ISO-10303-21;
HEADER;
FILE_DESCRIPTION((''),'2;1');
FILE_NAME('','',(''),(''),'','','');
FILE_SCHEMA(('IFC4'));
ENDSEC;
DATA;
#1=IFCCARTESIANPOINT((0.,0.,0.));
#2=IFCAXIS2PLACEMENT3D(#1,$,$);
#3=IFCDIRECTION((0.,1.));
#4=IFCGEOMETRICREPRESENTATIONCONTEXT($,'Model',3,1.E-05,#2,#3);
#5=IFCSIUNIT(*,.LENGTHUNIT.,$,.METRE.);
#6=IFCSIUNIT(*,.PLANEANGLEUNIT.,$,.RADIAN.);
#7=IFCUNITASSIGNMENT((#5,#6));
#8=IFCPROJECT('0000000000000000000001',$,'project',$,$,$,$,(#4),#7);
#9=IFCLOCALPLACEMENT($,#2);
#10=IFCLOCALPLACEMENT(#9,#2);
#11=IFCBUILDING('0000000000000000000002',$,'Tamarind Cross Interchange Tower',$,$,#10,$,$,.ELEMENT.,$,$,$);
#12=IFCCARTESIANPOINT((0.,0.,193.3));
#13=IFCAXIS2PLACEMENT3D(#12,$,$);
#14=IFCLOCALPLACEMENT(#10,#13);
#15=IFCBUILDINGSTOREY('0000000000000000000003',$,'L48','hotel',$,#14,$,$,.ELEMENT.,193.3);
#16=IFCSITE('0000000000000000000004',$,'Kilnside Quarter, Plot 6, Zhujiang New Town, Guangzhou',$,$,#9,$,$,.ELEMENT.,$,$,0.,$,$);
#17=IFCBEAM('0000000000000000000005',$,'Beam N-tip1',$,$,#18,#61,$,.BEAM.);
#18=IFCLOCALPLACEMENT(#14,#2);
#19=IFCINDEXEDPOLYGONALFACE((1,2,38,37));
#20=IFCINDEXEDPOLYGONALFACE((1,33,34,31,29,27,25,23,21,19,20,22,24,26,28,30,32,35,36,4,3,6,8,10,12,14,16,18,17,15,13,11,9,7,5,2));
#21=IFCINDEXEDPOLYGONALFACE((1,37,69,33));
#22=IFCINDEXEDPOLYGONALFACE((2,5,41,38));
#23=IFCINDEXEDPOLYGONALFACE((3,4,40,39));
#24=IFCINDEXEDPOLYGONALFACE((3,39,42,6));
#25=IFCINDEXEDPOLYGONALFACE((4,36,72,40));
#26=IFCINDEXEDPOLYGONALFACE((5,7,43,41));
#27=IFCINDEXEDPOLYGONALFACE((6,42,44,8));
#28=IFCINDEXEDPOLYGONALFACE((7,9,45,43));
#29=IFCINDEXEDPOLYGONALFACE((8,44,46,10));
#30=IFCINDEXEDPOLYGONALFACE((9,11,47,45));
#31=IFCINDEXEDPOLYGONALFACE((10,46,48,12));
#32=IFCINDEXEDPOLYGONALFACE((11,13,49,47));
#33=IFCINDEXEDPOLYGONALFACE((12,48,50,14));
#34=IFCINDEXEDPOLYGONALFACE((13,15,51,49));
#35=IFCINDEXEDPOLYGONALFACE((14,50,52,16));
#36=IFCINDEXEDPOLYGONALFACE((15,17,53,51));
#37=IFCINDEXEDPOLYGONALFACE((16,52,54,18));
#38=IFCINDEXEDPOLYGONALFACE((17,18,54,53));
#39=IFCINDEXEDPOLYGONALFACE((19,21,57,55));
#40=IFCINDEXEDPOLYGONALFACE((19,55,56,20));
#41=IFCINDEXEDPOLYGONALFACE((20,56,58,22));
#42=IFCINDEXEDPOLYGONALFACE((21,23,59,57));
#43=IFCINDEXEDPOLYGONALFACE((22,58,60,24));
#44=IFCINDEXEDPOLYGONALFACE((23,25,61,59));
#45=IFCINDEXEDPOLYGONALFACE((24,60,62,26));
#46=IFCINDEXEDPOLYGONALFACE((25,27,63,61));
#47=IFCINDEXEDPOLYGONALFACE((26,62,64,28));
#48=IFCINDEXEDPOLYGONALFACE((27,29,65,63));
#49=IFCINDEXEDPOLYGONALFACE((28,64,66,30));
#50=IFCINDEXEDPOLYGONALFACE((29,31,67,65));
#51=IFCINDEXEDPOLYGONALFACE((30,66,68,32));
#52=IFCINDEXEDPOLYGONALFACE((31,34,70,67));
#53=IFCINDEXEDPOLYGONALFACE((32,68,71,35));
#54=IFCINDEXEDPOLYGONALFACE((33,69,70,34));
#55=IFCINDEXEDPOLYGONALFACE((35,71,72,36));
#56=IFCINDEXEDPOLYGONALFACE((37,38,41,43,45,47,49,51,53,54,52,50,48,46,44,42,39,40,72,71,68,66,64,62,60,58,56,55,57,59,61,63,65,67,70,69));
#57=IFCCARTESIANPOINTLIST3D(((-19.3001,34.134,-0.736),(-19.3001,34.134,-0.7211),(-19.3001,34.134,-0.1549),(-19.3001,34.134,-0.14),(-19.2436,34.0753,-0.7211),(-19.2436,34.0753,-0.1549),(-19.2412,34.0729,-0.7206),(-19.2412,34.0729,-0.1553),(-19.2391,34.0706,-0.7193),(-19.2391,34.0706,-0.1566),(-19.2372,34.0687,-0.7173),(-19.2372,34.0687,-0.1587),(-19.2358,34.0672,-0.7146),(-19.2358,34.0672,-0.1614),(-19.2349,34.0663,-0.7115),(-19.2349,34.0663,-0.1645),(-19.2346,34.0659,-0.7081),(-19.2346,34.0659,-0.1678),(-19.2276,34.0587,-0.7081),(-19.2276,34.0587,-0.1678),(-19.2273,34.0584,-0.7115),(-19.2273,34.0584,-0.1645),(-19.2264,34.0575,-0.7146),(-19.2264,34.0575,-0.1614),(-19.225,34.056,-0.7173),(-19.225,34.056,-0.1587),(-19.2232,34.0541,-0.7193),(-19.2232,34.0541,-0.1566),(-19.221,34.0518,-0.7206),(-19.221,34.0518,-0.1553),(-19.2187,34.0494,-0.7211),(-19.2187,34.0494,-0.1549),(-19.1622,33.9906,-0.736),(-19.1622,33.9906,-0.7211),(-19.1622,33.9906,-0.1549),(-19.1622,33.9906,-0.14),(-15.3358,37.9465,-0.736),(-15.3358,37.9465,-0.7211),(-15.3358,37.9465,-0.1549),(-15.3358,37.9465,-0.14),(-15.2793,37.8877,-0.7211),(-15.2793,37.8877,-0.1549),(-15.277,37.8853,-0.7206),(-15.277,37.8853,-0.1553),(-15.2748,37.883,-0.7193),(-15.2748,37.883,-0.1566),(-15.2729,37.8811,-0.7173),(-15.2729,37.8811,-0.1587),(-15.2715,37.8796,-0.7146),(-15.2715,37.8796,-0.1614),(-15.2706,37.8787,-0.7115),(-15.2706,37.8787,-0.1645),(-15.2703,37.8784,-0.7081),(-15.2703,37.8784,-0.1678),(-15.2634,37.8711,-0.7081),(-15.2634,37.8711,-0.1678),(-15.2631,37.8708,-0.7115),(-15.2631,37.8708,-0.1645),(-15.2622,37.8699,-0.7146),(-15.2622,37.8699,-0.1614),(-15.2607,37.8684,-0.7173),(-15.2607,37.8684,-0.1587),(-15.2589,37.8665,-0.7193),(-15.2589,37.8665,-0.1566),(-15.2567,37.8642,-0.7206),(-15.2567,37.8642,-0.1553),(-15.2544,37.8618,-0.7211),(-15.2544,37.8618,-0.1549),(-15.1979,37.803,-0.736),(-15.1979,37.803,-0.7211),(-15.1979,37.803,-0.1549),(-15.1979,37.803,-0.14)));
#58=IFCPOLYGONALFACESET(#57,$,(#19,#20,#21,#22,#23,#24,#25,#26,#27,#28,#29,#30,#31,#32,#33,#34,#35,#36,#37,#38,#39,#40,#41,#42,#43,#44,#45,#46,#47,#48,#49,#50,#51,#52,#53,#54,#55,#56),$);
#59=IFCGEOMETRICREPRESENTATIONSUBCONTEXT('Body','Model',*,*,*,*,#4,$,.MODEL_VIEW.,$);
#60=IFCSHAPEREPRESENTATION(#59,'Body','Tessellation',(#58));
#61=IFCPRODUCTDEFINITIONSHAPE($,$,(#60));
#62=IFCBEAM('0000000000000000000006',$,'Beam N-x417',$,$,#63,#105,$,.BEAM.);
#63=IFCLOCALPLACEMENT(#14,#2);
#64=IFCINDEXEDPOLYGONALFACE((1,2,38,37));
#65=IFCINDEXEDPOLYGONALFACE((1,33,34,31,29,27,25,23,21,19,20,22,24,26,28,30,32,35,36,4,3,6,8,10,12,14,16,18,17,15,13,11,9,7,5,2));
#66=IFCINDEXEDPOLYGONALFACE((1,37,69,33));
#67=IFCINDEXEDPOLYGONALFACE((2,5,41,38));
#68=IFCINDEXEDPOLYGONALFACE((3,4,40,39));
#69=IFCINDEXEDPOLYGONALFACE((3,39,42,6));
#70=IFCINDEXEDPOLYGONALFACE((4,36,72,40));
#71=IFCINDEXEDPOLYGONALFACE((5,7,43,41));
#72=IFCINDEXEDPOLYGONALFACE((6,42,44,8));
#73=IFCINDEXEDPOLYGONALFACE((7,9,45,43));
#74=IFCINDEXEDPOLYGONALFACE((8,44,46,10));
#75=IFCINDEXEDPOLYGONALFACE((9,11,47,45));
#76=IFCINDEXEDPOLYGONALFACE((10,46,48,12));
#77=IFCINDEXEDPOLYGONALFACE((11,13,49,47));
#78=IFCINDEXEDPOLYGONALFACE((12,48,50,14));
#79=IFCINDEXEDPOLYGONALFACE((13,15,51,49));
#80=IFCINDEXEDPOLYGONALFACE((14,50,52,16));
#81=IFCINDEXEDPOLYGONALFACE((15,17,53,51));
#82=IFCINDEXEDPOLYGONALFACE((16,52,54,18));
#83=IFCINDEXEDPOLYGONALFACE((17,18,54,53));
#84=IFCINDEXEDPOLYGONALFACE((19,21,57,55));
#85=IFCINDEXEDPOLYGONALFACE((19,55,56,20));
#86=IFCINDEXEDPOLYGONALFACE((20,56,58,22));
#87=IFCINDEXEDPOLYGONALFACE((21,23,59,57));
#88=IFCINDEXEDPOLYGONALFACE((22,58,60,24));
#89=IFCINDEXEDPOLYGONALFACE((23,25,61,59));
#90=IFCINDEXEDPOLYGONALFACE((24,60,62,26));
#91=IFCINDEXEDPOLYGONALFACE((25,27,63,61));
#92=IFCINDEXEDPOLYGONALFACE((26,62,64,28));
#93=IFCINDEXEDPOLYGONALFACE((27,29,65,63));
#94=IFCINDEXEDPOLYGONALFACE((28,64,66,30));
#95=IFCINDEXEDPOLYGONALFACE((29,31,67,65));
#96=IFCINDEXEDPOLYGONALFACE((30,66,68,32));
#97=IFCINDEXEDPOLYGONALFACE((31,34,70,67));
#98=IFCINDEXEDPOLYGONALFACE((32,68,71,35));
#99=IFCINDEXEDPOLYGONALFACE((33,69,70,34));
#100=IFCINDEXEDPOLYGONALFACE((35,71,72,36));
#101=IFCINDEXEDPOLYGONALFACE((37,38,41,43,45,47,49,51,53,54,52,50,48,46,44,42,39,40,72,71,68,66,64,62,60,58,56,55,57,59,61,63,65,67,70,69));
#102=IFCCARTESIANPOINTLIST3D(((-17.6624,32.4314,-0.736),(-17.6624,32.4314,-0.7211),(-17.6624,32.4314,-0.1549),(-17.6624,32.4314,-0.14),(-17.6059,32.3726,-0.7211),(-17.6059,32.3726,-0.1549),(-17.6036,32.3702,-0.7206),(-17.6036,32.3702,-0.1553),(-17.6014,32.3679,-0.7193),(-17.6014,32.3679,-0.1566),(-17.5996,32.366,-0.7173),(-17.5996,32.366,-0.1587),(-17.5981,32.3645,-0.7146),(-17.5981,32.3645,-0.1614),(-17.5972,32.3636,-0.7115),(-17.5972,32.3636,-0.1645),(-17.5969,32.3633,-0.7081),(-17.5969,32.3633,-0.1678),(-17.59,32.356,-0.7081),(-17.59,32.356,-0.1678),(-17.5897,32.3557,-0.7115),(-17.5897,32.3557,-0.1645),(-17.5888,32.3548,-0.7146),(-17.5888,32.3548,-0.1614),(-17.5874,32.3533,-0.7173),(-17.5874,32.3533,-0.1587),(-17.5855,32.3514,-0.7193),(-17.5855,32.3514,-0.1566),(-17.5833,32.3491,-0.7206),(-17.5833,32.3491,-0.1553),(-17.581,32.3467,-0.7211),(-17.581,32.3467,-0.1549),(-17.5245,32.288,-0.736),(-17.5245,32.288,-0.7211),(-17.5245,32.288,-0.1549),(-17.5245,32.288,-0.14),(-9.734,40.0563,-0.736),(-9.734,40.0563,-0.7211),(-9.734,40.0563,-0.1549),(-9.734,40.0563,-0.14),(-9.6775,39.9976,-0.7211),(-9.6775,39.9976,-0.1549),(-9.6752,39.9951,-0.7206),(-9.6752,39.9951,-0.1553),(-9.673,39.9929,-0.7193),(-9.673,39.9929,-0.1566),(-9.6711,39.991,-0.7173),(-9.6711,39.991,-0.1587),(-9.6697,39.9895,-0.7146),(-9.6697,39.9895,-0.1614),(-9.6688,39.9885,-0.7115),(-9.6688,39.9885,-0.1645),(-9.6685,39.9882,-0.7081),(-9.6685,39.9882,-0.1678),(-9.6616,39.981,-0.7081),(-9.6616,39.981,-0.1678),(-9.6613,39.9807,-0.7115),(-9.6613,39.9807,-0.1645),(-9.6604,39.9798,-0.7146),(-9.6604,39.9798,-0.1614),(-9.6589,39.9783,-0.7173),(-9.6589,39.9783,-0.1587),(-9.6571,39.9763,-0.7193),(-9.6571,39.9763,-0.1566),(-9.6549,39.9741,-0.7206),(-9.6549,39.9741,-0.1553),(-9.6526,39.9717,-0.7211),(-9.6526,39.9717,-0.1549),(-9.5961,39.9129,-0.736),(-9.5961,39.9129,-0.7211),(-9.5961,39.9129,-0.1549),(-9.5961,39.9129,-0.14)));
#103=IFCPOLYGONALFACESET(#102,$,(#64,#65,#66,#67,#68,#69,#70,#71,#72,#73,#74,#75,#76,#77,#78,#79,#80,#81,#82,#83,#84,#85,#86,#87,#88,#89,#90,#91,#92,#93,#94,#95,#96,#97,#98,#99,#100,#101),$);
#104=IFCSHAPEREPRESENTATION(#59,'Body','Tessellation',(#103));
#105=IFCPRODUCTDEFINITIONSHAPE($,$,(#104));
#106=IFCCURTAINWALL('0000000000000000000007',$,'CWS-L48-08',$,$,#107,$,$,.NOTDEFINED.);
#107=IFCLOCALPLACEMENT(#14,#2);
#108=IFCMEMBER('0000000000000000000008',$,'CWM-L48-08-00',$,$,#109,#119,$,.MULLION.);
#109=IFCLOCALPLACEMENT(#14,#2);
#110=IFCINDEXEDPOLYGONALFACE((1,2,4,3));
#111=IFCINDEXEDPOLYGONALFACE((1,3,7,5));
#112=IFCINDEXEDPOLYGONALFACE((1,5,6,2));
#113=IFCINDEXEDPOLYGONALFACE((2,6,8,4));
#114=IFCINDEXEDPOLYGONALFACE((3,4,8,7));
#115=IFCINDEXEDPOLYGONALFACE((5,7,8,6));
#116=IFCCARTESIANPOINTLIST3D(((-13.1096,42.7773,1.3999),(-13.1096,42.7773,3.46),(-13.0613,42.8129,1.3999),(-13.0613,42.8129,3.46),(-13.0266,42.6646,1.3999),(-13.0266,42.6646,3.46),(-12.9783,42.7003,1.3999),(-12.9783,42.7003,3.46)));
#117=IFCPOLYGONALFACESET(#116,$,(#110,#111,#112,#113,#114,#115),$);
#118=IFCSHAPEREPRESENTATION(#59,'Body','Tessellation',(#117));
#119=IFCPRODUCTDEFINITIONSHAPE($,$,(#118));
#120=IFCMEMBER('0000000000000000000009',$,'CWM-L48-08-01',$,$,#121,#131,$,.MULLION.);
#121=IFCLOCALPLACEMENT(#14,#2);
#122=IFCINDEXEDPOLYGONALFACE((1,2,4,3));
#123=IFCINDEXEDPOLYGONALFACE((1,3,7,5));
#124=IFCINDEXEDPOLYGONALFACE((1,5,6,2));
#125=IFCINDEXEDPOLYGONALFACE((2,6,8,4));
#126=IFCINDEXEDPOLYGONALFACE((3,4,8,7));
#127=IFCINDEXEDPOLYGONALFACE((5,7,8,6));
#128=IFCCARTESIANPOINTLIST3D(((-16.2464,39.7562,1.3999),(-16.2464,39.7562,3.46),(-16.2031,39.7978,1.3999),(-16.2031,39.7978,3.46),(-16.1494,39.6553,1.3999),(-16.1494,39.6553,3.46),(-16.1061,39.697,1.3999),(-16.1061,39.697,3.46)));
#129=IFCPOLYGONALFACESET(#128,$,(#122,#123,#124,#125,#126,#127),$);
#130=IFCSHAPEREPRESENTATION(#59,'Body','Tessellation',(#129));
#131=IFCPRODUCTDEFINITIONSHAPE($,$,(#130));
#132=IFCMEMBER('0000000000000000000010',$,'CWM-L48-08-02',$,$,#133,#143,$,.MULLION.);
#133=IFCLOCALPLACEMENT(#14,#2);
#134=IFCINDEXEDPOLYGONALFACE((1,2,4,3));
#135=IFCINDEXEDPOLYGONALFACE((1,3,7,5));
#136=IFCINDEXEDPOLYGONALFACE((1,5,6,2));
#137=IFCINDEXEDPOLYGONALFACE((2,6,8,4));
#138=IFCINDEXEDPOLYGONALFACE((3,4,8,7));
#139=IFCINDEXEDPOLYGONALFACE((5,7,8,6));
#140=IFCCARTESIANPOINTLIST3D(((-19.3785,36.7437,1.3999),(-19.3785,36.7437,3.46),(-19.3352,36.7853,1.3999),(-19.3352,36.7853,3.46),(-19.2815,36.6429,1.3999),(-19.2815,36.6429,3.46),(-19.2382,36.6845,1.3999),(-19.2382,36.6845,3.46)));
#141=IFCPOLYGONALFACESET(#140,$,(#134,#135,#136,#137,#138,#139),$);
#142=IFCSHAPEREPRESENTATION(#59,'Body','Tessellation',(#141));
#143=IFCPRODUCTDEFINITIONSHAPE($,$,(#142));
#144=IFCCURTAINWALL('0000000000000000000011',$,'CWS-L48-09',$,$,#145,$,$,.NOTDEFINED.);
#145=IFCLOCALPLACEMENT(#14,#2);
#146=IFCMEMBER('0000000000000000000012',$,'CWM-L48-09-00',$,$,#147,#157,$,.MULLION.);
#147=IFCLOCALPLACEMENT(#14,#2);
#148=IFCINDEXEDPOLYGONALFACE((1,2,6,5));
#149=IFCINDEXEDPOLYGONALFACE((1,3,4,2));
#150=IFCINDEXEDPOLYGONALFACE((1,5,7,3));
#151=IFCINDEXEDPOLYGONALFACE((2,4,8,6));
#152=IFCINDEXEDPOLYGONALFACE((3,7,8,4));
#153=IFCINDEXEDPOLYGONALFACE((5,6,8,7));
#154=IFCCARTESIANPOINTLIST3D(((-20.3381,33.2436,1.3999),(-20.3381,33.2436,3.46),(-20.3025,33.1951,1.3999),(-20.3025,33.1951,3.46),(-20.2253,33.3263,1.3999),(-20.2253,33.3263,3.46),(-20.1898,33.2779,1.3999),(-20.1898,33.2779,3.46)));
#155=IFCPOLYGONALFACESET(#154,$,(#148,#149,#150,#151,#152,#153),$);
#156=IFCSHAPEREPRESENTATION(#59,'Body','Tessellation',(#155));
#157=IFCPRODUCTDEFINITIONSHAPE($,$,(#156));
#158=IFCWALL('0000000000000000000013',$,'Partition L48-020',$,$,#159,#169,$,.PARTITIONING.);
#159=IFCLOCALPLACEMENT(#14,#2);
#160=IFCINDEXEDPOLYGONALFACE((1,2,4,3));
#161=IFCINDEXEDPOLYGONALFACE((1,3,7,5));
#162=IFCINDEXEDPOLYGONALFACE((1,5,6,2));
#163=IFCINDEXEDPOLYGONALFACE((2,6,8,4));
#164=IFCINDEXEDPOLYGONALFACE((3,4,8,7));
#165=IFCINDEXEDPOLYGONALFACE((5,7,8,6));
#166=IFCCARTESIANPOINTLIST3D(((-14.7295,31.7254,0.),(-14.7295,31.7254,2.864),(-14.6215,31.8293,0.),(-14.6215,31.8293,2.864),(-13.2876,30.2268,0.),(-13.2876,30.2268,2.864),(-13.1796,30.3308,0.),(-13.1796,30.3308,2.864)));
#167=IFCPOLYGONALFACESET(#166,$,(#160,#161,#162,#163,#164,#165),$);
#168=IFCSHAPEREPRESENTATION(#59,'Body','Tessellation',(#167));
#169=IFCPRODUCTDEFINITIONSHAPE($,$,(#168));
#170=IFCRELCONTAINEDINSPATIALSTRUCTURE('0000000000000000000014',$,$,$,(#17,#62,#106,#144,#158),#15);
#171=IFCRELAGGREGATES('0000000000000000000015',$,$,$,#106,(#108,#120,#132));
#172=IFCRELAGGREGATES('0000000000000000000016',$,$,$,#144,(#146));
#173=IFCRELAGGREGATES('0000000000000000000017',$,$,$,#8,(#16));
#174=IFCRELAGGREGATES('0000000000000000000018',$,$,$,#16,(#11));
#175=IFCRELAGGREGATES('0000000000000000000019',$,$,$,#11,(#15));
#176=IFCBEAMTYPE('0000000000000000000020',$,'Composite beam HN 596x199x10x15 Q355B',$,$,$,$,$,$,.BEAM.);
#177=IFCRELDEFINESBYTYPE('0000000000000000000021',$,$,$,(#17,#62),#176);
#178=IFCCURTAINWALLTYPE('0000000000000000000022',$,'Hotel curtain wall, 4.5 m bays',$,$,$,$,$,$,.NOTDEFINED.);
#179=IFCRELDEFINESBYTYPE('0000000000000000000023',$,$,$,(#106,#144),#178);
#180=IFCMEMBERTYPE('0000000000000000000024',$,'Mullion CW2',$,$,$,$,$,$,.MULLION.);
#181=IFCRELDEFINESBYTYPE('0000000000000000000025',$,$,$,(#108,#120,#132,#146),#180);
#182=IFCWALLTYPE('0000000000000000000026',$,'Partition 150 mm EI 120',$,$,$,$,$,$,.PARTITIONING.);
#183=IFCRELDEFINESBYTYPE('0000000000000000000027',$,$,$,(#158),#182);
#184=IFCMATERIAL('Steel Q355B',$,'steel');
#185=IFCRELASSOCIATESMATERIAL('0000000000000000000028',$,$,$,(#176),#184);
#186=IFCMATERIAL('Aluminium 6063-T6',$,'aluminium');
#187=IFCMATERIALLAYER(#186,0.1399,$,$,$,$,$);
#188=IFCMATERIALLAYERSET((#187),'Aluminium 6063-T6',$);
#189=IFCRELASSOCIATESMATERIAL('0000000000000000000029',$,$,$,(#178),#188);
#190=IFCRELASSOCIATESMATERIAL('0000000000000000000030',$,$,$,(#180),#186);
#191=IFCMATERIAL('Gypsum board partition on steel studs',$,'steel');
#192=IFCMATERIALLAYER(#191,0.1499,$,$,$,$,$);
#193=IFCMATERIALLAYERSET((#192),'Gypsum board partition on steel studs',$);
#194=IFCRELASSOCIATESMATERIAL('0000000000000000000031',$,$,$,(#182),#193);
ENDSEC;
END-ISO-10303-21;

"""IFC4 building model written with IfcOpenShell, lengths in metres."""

from ifc_helpers import new_model, si_unit, direction, frame, frame_2d, origin, origin_2d, place, context, subcontext, project, spatial, rectangle, i_section, extrude, material, layer, layer_set, material_profile, profile_set, type_object, element, aggregate, save


model = new_model("IFC4")

# Units and contexts
model_context = context("Model", 3, precision=1e-05, world=origin(), true_north=direction((0.0, 1.0)))
body_context = subcontext(model_context, "Body", "Model", "MODEL_VIEW")
ifc_project = project(units=[si_unit("LENGTHUNIT", "METRE"), si_unit("PLANEANGLEUNIT", "RADIAN")], contexts=[model_context])

# Site, building, storey
site_placement = place(None, origin())
site = spatial("IfcSite", under=ifc_project, at=site_placement, Name="Kilnside Quarter, Plot 6, Zhujiang New Town, Guangzhou", CompositionType="ELEMENT", RefElevation=0.0)
building_placement = place(site_placement, origin())
building = spatial("IfcBuilding", under=site, at=building_placement, Name="Tamarind Cross Interchange Tower", CompositionType="ELEMENT")
storey_placement = place(building_placement, frame((0.0, 0.0, 193.3)))
storey = spatial("IfcBuildingStorey", under=building, at=storey_placement, Name="L48", Description="hotel", CompositionType="ELEMENT", Elevation=193.3)

# Beams
ifc_material_1 = material(Name="Steel Q355B", Category="steel")
ifc_material_profile_1 = material_profile(ifc_material_1, i_section(OverallWidth=0.199, OverallDepth=0.5959, WebThickness=0.01, FlangeThickness=0.0149, FilletRadius=0.0129, at=origin_2d()), Name="HN 596x199x10x15")
ifc_profile_set_1 = profile_set([ifc_material_profile_1], Name="Steel Q355B")
beam_type_1 = type_object("IfcBeamType", Name="Composite beam HN 596x199x10x15 Q355B", PredefinedType="BEAM", material=ifc_profile_set_1)
for number, where, z_axis, x_axis, name in (
    (1, (-15.2668, 37.8748, -0.438), (-0.720777, -0.693167, 0.0), (0.693167, -0.720777, 0.0), "Beam N-tip1"),
):
    element("IfcBeam", number, at=place(storey_placement, frame(where, z_axis=z_axis, x_axis=x_axis)), inside=storey, type_object=beam_type_1, Name=name, PredefinedType="BEAM", context=body_context, shape_type="SweptSolid", body=[
        extrude(i_section(OverallWidth=0.199, OverallDepth=0.5959, WebThickness=0.01, FlangeThickness=0.0149, FilletRadius=0.0129, at=origin_2d()), origin(), (0.0, 0.0, 1.0), 5.5),
    ])
beam_placement = place(storey_placement, frame((-9.665, 39.9846, -0.438), z_axis=(-0.720766, -0.693178, 0.0), x_axis=(0.693178, -0.720766, 0.0)))
element("IfcBeam", 2, at=beam_placement, inside=storey, type_object=beam_type_1, Name="Beam N-x417", PredefinedType="BEAM", context=body_context, shape_type="SweptSolid", body=[
    extrude(i_section(OverallWidth=0.199, OverallDepth=0.5959, WebThickness=0.01, FlangeThickness=0.0149, FilletRadius=0.0129, at=origin_2d()), origin(), (0.0, 0.0, 1.0), 11.0),
])

# Curtain wall, members
ifc_material_2 = material(Name="Aluminium 6063-T6", Category="aluminium")
ifc_layer_1 = layer(ifc_material_2, 0.1399)
ifc_layer_set_1 = layer_set([ifc_layer_1], Name="Aluminium 6063-T6")
curtain_wall_type = type_object("IfcCurtainWallType", Name="Hotel curtain wall, 4.5 m bays", PredefinedType="NOTDEFINED", material=ifc_layer_set_1)
curtain_wall_1_placement = place(storey_placement, origin())
curtain_wall_1 = element("IfcCurtainWall", 3, at=curtain_wall_1_placement, inside=storey, type_object=curtain_wall_type, Name="CWS-L48-08", PredefinedType="NOTDEFINED")
ifc_material_profile_2 = material_profile(ifc_material_2, rectangle(XDim=0.0601, YDim=0.1399, at=origin_2d()), Name="Mullion CW2")
ifc_profile_set_2 = profile_set([ifc_material_profile_2], Name="Aluminium 6063-T6")
member_type = type_object("IfcMemberType", Name="Mullion CW2", PredefinedType="MULLION", material=ifc_profile_set_2)
member_1_placement = place(storey_placement, frame((-13.0439, 42.7388, 1.3999), z_axis=(0.0, 0.0, 1.0), x_axis=(-0.805084, -0.59316, 0.0)))
member_1 = element("IfcMember", 4, at=member_1_placement, type_object=member_type, Name="CWM-L48-08-00", PredefinedType="MULLION", context=body_context, shape_type="SweptSolid", body=[
    extrude(rectangle(XDim=0.0601, YDim=0.1399, at=origin_2d()), origin(), (0.0, 0.0, 1.0), 2.0601),
])
member_2_placement = place(storey_placement, frame((-16.1763, 39.7266, 1.3999), z_axis=(0.0, 0.0, 1.0), x_axis=(-0.720774, -0.69317, 0.0)))
member_2 = element("IfcMember", 5, at=member_2_placement, type_object=member_type, Name="CWM-L48-08-01", PredefinedType="MULLION", context=body_context, shape_type="SweptSolid", body=[
    extrude(rectangle(XDim=0.0601, YDim=0.1399, at=origin_2d()), origin(), (0.0, 0.0, 1.0), 2.0601),
])
member_3_placement = place(storey_placement, frame((-19.3083, 36.7141, 1.3999), z_axis=(0.0, 0.0, 1.0), x_axis=(-0.720774, -0.69317, 0.0)))
member_3 = element("IfcMember", 6, at=member_3_placement, type_object=member_type, Name="CWM-L48-08-02", PredefinedType="MULLION", context=body_context, shape_type="SweptSolid", body=[
    extrude(rectangle(XDim=0.0601, YDim=0.1399, at=origin_2d()), origin(), (0.0, 0.0, 1.0), 2.0601),
])
aggregate(curtain_wall_1, [member_1, member_2, member_3])

# Curtain wall, member
curtain_wall_2_placement = place(storey_placement, origin())
curtain_wall_2 = element("IfcCurtainWall", 7, at=curtain_wall_2_placement, inside=storey, type_object=curtain_wall_type, Name="CWS-L48-09", PredefinedType="NOTDEFINED")
member_4_placement = place(storey_placement, frame((-20.2639, 33.2607, 1.3999), z_axis=(0.0, 0.0, 1.0), x_axis=(0.591634, -0.806207, 0.0)))
member_4 = element("IfcMember", 8, at=member_4_placement, type_object=member_type, Name="CWM-L48-09-00", PredefinedType="MULLION", context=body_context, shape_type="SweptSolid", body=[
    extrude(rectangle(XDim=0.0601, YDim=0.1399, at=origin_2d()), origin(), (0.0, 0.0, 1.0), 2.0601),
])
aggregate(curtain_wall_2, [member_4])

# Wall
ifc_material_3 = material(Name="Gypsum board partition on steel studs", Category="steel")
ifc_layer_2 = layer(ifc_material_3, 0.1499)
ifc_layer_set_2 = layer_set([ifc_layer_2], Name="Gypsum board partition on steel studs")
wall_type = type_object("IfcWallType", Name="Partition 150 mm EI 120", PredefinedType="PARTITIONING", material=ifc_layer_set_2)
wall_1_placement = place(storey_placement, frame((-14.6755, 31.7773, 0.0), z_axis=(0.0, 0.0, 1.0), x_axis=(0.693357, -0.720594, 0.0)))
element("IfcWall", 9, at=wall_1_placement, inside=storey, type_object=wall_type, Name="Partition L48-020", PredefinedType="PARTITIONING", context=body_context, shape_type="SweptSolid", body=[
    extrude(rectangle(XDim=2.0796, YDim=0.1499, at=frame_2d((1.0398, 0.0))), origin(), (0.0, 0.0, 1.0), 2.864),
])

save(model, "model.ifc")
